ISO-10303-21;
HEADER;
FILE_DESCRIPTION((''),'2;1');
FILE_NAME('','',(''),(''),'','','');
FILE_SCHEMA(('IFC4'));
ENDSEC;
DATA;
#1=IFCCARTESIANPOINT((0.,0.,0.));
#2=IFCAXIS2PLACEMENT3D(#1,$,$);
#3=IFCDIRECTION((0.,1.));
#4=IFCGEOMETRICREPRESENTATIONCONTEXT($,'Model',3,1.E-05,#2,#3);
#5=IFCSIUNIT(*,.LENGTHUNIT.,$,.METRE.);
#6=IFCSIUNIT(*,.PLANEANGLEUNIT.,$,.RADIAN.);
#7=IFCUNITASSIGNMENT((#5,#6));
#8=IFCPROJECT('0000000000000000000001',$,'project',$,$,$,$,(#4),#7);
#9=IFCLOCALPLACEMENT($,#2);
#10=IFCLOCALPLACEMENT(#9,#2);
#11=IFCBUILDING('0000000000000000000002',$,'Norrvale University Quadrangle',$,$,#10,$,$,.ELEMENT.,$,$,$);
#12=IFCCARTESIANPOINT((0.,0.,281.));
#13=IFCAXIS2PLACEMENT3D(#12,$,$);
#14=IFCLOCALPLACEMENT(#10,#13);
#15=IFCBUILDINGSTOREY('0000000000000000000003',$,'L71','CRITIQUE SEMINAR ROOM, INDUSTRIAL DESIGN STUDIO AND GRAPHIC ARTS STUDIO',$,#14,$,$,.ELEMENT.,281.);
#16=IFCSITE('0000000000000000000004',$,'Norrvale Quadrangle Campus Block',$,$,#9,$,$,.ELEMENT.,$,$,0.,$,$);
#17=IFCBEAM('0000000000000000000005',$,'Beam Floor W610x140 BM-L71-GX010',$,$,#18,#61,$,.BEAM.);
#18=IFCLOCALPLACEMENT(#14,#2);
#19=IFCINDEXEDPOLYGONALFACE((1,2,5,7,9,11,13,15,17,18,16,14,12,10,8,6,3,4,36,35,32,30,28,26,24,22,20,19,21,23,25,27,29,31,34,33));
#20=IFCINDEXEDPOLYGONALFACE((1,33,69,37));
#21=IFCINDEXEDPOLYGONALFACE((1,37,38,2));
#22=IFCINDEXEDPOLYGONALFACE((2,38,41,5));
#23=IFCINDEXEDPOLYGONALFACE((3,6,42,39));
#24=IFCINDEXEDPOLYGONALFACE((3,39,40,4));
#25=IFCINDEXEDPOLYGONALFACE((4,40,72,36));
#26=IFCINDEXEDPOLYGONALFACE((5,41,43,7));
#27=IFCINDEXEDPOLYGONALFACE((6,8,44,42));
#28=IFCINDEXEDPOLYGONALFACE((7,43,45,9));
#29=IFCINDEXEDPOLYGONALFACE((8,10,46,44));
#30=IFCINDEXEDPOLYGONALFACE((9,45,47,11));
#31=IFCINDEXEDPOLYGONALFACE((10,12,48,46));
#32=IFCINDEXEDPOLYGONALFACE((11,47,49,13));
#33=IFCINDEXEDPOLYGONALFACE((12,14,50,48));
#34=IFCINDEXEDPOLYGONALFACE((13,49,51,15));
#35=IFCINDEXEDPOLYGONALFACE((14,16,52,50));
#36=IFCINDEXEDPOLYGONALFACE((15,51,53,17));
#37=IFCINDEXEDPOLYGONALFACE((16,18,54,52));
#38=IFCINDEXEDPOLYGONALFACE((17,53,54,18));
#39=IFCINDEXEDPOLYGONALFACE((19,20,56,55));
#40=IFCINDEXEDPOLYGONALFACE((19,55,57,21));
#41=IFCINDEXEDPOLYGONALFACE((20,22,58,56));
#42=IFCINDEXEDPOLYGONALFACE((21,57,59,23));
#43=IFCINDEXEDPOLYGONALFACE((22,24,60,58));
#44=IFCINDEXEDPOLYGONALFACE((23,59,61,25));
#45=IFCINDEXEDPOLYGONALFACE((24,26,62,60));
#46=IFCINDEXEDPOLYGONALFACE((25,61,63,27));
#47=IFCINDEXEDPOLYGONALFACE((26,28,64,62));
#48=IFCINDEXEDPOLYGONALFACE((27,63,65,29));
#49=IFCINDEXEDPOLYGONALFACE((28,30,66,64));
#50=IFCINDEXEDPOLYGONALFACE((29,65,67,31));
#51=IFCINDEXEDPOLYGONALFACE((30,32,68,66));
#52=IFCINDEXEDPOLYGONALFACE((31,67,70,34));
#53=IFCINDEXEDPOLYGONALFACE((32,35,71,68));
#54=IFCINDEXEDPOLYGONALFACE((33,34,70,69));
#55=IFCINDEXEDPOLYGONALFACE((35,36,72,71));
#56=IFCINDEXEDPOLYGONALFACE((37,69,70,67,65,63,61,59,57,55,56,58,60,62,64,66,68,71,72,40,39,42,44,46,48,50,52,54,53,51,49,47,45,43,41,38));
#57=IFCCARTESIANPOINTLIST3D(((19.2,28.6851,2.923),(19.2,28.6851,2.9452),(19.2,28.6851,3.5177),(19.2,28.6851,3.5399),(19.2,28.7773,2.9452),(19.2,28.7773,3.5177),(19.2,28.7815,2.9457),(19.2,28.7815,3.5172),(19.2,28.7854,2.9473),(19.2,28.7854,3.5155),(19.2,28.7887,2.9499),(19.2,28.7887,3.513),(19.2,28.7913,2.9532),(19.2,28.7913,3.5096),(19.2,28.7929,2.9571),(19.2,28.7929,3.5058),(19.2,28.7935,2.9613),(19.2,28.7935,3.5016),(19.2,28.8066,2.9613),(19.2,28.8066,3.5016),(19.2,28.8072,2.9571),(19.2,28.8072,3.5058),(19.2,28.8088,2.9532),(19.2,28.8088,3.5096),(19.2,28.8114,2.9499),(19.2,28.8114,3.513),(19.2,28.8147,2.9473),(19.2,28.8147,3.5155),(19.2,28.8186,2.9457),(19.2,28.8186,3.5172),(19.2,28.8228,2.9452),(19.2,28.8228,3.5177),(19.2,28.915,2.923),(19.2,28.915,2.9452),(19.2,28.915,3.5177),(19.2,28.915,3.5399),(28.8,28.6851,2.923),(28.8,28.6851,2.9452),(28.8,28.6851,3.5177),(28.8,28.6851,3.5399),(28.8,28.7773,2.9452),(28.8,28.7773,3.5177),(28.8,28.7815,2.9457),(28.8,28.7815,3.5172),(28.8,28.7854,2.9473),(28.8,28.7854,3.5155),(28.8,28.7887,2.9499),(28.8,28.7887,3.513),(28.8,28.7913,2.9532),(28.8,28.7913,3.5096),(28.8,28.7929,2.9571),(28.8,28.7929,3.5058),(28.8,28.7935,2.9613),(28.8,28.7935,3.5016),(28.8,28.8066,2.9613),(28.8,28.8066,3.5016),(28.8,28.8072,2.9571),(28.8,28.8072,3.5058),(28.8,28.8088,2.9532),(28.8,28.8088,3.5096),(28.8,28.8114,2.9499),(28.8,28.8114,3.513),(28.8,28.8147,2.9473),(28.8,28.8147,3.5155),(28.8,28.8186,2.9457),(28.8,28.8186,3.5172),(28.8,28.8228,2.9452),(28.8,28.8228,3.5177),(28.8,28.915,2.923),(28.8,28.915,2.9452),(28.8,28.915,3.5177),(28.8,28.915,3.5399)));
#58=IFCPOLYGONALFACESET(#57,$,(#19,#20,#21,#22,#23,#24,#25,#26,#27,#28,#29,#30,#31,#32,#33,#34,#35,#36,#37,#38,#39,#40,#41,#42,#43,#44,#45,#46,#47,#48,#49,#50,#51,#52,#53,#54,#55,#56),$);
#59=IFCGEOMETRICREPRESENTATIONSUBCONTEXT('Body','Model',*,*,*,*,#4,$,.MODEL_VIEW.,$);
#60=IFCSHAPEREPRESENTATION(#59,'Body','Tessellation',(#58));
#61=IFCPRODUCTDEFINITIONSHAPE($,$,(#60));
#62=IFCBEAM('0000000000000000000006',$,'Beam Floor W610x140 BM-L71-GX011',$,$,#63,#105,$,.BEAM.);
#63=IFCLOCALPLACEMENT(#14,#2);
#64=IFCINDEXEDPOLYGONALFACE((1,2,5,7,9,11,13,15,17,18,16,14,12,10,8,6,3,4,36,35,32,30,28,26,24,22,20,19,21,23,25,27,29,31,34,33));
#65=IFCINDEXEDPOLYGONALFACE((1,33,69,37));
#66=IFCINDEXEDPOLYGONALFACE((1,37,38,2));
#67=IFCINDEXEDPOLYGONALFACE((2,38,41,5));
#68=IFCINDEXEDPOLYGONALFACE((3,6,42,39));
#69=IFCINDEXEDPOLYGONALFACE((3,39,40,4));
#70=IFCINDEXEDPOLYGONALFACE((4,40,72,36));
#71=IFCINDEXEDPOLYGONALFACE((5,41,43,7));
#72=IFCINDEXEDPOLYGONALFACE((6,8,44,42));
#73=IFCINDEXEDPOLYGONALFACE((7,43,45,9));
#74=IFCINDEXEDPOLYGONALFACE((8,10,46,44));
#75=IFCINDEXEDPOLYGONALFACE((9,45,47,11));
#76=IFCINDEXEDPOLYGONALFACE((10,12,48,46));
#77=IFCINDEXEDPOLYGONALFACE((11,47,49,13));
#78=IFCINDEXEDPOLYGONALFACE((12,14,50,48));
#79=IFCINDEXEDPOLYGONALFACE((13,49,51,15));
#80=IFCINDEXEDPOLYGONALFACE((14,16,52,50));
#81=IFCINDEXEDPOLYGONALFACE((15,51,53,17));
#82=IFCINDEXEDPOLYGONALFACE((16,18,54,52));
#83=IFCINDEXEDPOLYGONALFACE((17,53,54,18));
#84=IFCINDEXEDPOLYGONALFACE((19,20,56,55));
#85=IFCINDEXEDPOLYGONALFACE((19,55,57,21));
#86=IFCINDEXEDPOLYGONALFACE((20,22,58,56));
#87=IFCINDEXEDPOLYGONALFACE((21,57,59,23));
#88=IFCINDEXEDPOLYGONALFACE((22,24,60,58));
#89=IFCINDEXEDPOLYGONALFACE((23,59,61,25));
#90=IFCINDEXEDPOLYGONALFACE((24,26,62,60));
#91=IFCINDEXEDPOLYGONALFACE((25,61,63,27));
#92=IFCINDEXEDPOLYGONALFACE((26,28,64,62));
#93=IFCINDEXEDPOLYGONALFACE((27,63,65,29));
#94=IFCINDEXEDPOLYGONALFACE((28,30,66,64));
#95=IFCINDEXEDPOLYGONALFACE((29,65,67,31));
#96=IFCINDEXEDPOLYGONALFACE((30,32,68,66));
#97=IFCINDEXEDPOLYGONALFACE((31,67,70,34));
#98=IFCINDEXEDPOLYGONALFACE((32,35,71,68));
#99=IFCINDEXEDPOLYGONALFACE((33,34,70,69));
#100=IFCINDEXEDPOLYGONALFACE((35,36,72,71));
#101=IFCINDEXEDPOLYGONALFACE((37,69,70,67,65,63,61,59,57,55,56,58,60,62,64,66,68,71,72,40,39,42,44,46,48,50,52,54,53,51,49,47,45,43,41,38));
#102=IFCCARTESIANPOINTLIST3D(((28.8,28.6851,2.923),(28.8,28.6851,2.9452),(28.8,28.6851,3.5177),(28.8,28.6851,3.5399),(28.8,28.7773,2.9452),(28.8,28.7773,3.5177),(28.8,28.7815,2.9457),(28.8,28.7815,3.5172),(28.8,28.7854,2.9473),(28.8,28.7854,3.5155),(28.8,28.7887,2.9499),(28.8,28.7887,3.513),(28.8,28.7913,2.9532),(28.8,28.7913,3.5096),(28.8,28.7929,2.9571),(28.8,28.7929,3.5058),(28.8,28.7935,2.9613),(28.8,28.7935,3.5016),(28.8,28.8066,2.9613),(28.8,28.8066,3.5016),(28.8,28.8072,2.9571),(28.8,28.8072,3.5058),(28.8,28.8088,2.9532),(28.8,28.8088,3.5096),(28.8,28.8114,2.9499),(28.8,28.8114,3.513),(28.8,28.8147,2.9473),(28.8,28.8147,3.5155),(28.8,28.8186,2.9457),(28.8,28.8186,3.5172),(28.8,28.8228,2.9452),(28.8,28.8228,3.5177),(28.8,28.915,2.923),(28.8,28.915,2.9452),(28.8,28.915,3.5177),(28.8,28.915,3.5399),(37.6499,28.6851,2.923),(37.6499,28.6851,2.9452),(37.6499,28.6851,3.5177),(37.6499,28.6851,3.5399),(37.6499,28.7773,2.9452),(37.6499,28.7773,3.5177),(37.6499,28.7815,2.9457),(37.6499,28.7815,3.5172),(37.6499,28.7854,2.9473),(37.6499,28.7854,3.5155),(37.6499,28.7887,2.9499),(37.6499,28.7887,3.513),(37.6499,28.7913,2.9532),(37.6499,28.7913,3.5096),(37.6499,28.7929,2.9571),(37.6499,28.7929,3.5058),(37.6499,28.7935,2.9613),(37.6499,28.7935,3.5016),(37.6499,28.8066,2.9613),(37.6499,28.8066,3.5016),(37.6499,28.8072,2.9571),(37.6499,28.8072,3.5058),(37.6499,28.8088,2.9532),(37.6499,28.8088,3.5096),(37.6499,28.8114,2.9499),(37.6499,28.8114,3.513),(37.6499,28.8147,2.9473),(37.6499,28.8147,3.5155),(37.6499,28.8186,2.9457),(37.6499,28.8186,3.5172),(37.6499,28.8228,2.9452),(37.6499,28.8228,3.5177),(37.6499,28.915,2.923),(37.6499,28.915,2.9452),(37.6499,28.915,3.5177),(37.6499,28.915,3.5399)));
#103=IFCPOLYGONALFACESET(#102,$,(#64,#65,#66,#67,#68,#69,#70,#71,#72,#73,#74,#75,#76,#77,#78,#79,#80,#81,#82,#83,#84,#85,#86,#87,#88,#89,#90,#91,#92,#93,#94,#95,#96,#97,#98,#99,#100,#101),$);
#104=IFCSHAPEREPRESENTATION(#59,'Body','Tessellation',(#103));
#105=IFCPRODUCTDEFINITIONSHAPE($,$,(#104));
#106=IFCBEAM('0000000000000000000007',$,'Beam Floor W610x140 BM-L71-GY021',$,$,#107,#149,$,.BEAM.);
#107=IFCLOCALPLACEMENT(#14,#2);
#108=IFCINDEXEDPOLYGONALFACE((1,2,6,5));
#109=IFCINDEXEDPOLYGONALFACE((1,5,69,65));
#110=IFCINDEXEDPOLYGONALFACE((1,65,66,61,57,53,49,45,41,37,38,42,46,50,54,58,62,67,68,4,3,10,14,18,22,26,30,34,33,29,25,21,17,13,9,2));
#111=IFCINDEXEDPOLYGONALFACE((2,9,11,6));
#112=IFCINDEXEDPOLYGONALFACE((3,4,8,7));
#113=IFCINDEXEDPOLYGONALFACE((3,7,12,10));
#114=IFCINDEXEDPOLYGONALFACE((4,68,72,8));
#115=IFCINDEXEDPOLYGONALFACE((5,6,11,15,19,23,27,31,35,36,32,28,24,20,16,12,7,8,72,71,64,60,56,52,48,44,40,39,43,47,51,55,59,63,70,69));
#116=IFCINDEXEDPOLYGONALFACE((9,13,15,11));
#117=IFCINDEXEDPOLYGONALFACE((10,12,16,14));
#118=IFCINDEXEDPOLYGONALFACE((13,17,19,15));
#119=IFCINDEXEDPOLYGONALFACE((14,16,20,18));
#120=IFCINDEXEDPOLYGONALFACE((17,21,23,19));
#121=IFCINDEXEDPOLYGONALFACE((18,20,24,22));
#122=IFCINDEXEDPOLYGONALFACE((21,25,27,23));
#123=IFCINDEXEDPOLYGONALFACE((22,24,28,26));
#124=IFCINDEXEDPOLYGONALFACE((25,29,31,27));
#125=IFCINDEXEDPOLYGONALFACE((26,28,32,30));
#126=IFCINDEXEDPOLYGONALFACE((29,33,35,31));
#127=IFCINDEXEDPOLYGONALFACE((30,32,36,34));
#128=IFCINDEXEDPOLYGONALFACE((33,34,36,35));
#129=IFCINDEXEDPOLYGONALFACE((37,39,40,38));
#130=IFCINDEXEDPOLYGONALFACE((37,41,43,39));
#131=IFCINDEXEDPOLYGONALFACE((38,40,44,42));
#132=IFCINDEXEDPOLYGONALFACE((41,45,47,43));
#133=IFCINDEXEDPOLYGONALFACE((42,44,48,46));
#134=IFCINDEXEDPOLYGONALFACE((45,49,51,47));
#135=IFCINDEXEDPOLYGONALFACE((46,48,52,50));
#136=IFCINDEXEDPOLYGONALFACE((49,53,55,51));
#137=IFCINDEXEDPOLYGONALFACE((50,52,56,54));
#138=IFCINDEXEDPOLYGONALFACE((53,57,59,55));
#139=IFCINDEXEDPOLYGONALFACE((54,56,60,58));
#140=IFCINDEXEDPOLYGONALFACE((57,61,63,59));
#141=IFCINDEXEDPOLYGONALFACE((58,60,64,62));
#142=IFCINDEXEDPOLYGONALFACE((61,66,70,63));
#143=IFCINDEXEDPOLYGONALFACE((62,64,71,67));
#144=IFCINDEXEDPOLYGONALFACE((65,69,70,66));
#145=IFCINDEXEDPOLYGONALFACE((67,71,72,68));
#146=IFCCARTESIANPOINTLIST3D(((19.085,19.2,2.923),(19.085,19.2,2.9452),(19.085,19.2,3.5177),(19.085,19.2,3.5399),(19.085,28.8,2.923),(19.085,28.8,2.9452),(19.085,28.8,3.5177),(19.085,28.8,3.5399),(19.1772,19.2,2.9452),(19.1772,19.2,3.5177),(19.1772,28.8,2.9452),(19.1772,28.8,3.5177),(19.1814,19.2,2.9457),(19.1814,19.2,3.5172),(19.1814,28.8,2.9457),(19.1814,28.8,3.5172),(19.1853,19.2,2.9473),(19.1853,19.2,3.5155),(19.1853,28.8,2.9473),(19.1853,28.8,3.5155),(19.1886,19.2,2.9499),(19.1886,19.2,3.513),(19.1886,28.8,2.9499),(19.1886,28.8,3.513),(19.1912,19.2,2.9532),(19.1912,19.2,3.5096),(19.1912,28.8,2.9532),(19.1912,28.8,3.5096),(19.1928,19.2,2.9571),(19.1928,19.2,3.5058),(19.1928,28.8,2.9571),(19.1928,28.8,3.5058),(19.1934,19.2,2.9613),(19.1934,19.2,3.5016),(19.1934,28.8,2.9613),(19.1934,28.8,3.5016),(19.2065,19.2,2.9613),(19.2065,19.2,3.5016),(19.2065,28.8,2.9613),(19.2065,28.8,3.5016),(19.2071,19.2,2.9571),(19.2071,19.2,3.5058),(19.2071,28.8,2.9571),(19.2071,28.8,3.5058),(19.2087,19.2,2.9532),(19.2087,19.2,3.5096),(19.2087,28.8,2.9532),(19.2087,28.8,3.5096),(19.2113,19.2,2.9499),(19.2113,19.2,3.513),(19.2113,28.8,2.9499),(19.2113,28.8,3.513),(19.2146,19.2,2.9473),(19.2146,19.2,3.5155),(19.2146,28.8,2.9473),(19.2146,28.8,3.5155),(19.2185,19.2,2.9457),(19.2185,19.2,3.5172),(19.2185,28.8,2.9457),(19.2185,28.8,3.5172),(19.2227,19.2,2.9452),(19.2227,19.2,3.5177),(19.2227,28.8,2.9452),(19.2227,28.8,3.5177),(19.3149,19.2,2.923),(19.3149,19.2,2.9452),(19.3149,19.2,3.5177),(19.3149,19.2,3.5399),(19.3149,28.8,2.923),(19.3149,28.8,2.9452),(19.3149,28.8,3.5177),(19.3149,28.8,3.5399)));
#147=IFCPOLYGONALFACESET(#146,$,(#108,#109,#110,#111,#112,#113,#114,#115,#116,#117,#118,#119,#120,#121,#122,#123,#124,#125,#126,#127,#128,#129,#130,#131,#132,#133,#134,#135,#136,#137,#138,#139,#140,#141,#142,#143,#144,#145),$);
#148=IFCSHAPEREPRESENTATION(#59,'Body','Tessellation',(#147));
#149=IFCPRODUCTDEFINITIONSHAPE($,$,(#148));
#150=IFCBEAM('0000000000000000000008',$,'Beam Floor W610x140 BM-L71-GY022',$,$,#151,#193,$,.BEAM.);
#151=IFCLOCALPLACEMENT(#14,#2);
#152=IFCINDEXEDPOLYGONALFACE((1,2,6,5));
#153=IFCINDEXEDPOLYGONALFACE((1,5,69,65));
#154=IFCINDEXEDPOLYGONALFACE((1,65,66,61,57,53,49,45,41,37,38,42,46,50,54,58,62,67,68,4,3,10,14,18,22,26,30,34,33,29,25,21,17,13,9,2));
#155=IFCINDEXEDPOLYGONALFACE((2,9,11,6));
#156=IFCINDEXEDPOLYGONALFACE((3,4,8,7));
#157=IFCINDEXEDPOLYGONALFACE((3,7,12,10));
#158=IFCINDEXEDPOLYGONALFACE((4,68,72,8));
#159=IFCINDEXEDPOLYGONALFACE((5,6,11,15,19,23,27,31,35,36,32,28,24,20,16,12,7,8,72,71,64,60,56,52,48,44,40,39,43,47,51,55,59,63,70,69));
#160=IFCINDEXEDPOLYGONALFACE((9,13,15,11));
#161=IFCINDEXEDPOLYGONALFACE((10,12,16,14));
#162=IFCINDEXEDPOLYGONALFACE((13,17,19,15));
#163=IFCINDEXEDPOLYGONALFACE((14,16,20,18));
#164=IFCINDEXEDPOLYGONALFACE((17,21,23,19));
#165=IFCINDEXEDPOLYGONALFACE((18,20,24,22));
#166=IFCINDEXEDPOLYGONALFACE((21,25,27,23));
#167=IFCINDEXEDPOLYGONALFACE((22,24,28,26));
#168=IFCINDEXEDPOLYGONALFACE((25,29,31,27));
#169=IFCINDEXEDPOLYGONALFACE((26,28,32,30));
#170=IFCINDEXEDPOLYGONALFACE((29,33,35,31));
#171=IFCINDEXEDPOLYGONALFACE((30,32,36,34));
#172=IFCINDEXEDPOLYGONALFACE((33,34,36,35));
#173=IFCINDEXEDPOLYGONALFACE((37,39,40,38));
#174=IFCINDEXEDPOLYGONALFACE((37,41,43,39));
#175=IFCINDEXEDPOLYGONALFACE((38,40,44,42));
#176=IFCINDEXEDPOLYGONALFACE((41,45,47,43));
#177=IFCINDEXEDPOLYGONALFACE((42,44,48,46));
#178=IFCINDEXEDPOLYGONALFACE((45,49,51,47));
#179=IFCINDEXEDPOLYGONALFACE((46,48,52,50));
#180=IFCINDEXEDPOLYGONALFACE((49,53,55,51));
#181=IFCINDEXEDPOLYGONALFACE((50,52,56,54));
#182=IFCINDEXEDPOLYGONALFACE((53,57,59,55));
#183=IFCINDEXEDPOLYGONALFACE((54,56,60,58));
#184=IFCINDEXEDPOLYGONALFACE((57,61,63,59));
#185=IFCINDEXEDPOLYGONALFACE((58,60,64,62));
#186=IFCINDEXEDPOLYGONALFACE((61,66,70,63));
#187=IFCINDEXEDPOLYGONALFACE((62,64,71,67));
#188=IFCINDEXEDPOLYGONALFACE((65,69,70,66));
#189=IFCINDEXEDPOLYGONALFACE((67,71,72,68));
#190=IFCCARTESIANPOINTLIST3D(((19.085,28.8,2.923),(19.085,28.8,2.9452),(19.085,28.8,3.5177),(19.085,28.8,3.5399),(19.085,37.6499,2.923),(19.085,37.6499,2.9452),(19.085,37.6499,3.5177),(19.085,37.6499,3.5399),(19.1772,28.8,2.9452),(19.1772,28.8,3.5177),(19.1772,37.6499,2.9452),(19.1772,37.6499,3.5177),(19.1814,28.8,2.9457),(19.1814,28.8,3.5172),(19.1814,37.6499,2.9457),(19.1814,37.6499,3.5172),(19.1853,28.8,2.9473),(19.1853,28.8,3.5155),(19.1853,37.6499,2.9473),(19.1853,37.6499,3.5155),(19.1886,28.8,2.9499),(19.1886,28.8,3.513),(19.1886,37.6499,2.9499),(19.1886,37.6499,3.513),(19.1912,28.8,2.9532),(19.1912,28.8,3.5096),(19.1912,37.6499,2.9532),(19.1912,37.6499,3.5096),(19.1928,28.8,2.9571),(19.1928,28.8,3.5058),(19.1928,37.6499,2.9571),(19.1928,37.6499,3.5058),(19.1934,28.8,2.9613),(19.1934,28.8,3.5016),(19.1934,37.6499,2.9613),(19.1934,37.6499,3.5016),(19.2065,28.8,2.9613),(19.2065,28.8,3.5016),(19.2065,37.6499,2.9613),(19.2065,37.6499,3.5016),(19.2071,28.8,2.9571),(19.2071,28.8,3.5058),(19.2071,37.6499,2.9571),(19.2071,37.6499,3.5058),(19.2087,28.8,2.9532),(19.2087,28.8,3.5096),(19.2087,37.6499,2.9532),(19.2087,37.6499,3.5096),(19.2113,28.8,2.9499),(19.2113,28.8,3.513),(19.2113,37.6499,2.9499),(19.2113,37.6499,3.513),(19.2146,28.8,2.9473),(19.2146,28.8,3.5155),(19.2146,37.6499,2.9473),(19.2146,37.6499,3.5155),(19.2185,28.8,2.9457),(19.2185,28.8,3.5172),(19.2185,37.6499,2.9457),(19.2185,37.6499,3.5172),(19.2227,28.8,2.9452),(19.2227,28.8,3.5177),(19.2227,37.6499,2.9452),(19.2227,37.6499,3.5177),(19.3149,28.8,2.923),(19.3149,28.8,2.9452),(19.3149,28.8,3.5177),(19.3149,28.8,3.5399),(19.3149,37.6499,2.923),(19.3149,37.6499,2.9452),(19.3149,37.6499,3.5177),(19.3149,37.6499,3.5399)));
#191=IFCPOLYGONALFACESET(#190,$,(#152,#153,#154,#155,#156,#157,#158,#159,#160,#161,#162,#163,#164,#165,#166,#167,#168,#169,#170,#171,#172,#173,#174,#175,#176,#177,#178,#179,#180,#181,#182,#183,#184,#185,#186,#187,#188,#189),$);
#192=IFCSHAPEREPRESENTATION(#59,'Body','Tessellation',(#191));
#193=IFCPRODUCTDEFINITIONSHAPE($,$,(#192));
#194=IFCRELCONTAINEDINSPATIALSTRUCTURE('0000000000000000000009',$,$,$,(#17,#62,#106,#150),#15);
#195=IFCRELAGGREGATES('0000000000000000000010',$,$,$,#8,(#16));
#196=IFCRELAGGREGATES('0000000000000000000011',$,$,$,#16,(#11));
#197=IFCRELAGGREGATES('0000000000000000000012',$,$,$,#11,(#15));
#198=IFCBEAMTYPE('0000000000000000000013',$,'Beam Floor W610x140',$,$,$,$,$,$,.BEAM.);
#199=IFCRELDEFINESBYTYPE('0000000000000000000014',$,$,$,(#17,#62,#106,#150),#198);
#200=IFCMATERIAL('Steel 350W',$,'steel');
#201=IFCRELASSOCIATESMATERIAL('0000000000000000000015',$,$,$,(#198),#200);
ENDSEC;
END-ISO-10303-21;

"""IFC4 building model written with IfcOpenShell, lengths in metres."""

from ifc_helpers import new_model, si_unit, direction, frame, origin, origin_2d, place, context, subcontext, project, spatial, i_section, extrude, material, material_profile, profile_set, type_object, element, save


model = new_model("IFC4")

# Units and contexts
model_context = context("Model", 3, precision=1e-05, world=origin(), true_north=direction((0.0, 1.0)))
body_context = subcontext(model_context, "Body", "Model", "MODEL_VIEW")
ifc_project = project(units=[si_unit("LENGTHUNIT", "METRE"), si_unit("PLANEANGLEUNIT", "RADIAN")], contexts=[model_context])

# Site, building, storey
site_placement = place(None, origin())
site = spatial("IfcSite", under=ifc_project, at=site_placement, Name="Norrvale Quadrangle Campus Block", CompositionType="ELEMENT", RefElevation=0.0)
building_placement = place(site_placement, origin())
building = spatial("IfcBuilding", under=site, at=building_placement, Name="Norrvale University Quadrangle", CompositionType="ELEMENT")
storey_placement = place(building_placement, frame((0.0, 0.0, 281.0)))
storey = spatial("IfcBuildingStorey", under=building, at=storey_placement, Name="L71", Description="CRITIQUE SEMINAR ROOM, INDUSTRIAL DESIGN STUDIO AND GRAPHIC ARTS STUDIO", CompositionType="ELEMENT", Elevation=281.0)

# Beams
ifc_material_1 = material(Name="Steel 350W", Category="steel")
ifc_material_profile_1 = material_profile(ifc_material_1, i_section(OverallWidth=0.23, OverallDepth=0.6169, WebThickness=0.0132, FlangeThickness=0.0222, FilletRadius=0.0161, at=origin_2d()), Name="Steel 350W")
ifc_profile_set_1 = profile_set([ifc_material_profile_1], Name="Steel 350W")
beam_type_1 = type_object("IfcBeamType", Name="Beam Floor W610x140", PredefinedType="BEAM", material=ifc_profile_set_1)
beam_1_placement = place(storey_placement, frame((19.2, 28.8, 3.2314), z_axis=(1.0, 0.0, 0.0), x_axis=(0.0, 1.0, 0.0)))
element("IfcBeam", 1, at=beam_1_placement, inside=storey, type_object=beam_type_1, Name="Beam Floor W610x140 BM-L71-GX010", PredefinedType="BEAM", context=body_context, shape_type="SweptSolid", body=[
    extrude(i_section(OverallWidth=0.23, OverallDepth=0.6169, WebThickness=0.0132, FlangeThickness=0.0222, FilletRadius=0.0161, at=origin_2d()), origin(), (0.0, 0.0, 1.0), 9.6001),
])
beam_2_placement = place(storey_placement, frame((28.8, 28.8, 3.2314), z_axis=(1.0, 0.0, 0.0), x_axis=(0.0, 1.0, 0.0)))
element("IfcBeam", 2, at=beam_2_placement, inside=storey, type_object=beam_type_1, Name="Beam Floor W610x140 BM-L71-GX011", PredefinedType="BEAM", context=body_context, shape_type="SweptSolid", body=[
    extrude(i_section(OverallWidth=0.23, OverallDepth=0.6169, WebThickness=0.0132, FlangeThickness=0.0222, FilletRadius=0.0161, at=origin_2d()), origin(), (0.0, 0.0, 1.0), 8.8499),
])
beam_3_placement = place(storey_placement, frame((19.2, 19.2, 3.2314), z_axis=(0.0, 1.0, 0.0), x_axis=(-1.0, 0.0, 0.0)))
element("IfcBeam", 3, at=beam_3_placement, inside=storey, type_object=beam_type_1, Name="Beam Floor W610x140 BM-L71-GY021", PredefinedType="BEAM", context=body_context, shape_type="SweptSolid", body=[
    extrude(i_section(OverallWidth=0.23, OverallDepth=0.6169, WebThickness=0.0132, FlangeThickness=0.0222, FilletRadius=0.0161, at=origin_2d()), origin(), (0.0, 0.0, 1.0), 9.6001),
])
beam_4_placement = place(storey_placement, frame((19.2, 28.8, 3.2314), z_axis=(0.0, 1.0, 0.0), x_axis=(-1.0, 0.0, 0.0)))
element("IfcBeam", 4, at=beam_4_placement, inside=storey, type_object=beam_type_1, Name="Beam Floor W610x140 BM-L71-GY022", PredefinedType="BEAM", context=body_context, shape_type="SweptSolid", body=[
    extrude(i_section(OverallWidth=0.23, OverallDepth=0.6169, WebThickness=0.0132, FlangeThickness=0.0222, FilletRadius=0.0161, at=origin_2d()), origin(), (0.0, 0.0, 1.0), 8.8499),
])

save(model, "model.ifc")
